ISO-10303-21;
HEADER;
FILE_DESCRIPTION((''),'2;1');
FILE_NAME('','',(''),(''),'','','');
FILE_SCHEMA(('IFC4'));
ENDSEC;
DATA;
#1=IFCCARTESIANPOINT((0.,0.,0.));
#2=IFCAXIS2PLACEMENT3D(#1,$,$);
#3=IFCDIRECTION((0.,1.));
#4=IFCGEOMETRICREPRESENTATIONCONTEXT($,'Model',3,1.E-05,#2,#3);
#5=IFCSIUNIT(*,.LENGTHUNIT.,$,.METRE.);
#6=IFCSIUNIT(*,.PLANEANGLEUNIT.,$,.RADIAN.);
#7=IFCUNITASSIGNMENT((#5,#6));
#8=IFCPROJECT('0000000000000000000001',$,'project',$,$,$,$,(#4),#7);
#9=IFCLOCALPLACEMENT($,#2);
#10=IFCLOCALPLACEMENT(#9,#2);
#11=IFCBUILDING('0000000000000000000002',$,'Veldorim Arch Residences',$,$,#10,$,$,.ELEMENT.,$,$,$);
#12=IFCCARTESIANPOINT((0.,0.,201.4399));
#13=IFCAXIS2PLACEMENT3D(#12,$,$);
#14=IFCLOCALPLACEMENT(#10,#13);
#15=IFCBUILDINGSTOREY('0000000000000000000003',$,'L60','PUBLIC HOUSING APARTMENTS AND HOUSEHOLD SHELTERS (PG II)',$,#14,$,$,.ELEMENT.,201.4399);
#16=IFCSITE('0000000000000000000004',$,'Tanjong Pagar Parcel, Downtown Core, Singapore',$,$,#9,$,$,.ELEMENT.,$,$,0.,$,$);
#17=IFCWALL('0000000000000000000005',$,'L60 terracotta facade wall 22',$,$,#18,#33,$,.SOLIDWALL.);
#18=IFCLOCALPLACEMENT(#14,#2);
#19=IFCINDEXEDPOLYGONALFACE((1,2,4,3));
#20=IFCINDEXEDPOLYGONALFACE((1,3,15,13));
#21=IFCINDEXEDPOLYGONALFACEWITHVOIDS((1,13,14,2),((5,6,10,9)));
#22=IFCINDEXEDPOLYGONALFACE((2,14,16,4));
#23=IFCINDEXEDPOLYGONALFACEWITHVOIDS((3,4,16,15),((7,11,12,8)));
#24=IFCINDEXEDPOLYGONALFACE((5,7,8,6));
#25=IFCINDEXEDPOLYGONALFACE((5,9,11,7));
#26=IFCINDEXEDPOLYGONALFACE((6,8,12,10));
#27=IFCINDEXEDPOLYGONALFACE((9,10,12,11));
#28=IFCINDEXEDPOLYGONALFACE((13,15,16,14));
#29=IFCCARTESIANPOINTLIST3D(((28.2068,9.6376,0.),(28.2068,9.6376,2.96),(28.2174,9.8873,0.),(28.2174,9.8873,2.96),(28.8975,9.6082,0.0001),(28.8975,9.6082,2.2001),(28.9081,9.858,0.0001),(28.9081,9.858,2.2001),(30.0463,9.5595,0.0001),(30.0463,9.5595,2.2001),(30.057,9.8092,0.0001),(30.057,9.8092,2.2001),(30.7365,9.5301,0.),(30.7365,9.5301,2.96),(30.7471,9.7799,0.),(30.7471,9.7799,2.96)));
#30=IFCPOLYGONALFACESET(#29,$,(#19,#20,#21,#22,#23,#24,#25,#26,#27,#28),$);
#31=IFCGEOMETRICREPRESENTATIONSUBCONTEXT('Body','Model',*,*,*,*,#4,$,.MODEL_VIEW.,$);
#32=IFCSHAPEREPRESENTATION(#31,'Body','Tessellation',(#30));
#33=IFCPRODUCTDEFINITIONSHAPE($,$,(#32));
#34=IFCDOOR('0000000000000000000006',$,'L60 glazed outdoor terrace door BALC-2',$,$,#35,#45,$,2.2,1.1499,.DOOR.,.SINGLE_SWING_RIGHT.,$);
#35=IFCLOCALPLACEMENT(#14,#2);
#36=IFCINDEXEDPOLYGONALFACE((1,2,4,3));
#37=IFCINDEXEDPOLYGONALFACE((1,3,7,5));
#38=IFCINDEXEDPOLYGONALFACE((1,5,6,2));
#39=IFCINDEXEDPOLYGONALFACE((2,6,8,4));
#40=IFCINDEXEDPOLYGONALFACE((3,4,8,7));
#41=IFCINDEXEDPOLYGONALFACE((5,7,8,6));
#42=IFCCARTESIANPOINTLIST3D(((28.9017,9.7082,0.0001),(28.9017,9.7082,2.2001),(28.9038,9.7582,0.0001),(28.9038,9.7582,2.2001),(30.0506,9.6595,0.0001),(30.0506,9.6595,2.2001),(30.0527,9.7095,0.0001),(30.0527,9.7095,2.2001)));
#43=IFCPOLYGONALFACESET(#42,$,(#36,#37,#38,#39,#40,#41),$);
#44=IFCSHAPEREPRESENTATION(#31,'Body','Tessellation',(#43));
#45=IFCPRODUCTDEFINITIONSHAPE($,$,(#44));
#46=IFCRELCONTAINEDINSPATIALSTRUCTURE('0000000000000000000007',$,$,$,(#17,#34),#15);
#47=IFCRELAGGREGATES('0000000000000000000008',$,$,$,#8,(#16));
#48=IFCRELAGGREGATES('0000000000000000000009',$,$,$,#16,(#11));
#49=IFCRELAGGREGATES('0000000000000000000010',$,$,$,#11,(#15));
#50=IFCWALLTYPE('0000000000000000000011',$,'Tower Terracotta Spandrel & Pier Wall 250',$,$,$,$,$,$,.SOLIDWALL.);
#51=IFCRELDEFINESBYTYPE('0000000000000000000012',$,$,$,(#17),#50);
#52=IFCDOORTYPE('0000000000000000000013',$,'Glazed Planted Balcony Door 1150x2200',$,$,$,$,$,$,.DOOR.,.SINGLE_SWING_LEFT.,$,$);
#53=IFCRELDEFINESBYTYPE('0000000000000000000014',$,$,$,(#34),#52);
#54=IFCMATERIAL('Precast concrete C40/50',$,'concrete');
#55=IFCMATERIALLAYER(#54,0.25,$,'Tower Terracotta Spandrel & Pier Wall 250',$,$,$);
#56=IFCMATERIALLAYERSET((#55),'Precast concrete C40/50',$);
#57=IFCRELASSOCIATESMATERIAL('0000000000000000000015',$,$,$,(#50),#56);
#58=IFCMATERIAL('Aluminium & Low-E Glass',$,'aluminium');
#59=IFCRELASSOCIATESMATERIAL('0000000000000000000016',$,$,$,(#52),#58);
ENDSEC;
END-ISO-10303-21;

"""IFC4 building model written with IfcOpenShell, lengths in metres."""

from ifc_helpers import new_model, si_unit, direction, frame, frame_2d, origin, place, context, subcontext, project, spatial, rectangle, extrude, material, layer, layer_set, type_object, element, fill, save


model = new_model("IFC4")

# Units and contexts
model_context = context("Model", 3, precision=1e-05, world=origin(), true_north=direction((0.0, 1.0)))
body_context = subcontext(model_context, "Body", "Model", "MODEL_VIEW")
ifc_project = project(units=[si_unit("LENGTHUNIT", "METRE"), si_unit("PLANEANGLEUNIT", "RADIAN")], contexts=[model_context])

# Site, building, storey
site_placement = place(None, origin())
site = spatial("IfcSite", under=ifc_project, at=site_placement, Name="Tanjong Pagar Parcel, Downtown Core, Singapore", CompositionType="ELEMENT", RefElevation=0.0)
building_placement = place(site_placement, origin())
building = spatial("IfcBuilding", under=site, at=building_placement, Name="Veldorim Arch Residences", CompositionType="ELEMENT")
storey_placement = place(building_placement, frame((0.0, 0.0, 201.4399)))
storey = spatial("IfcBuildingStorey", under=building, at=storey_placement, Name="L60", Description="PUBLIC HOUSING APARTMENTS AND HOUSEHOLD SHELTERS (PG II)", CompositionType="ELEMENT", Elevation=201.4399)

# Shared definitions
ifc_material_1 = material(Name="Precast concrete C40/50", Category="concrete")
ifc_layer_1 = layer(ifc_material_1, 0.25, Name="Tower Terracotta Spandrel & Pier Wall 250")
ifc_layer_set_1 = layer_set([ifc_layer_1], Name="Precast concrete C40/50")
wall_type_1 = type_object("IfcWallType", Name="Tower Terracotta Spandrel & Pier Wall 250", PredefinedType="SOLIDWALL", material=ifc_layer_set_1)

# Wall, opening, door
wall_1_placement = place(storey_placement, frame((30.7419, 9.655, 0.0), z_axis=(0.0, 0.0, 1.0), x_axis=(-0.9991, 0.042425, 0.0)))
wall_1 = element("IfcWall", 1, at=wall_1_placement, inside=storey, type_object=wall_type_1, Name="L60 terracotta facade wall 22", PredefinedType="SOLIDWALL", context=body_context, shape_type="SweptSolid", body=[
    extrude(rectangle(XDim=2.532, YDim=0.25, at=frame_2d((1.2661, 0.0))), origin(), (0.0, 0.0, 1.0), 2.96),
])
opening_1_placement = place(wall_1_placement, frame((0.6909, 0.0, 0.0)))
opening_1 = element("IfcOpeningElement", 2, at=opening_1_placement, cuts=wall_1, PredefinedType="OPENING", context=body_context, shape_type="SweptSolid", body=[
    extrude(rectangle(XDim=1.1499, YDim=2.2, at=frame_2d((0.575, 1.1001))), frame((0.0, 0.135, 0.0), z_axis=(0.0, -1.0, 0.0), x_axis=(1.0, 0.0, 0.0)), (0.0, 0.0, 1.0), 0.27),
])
ifc_material_2 = material(Name="Aluminium & Low-E Glass", Category="aluminium")
door_type_1 = type_object("IfcDoorType", Name="Glazed Planted Balcony Door 1150x2200", OperationType="SINGLE_SWING_LEFT", PredefinedType="DOOR", material=ifc_material_2)
door_1_placement = place(opening_1_placement, origin())
door_1 = element("IfcDoor", 3, at=door_1_placement, inside=storey, type_object=door_type_1, Name="L60 glazed outdoor terrace door BALC-2", OperationType="SINGLE_SWING_RIGHT", OverallHeight=2.2, OverallWidth=1.1499, PredefinedType="DOOR", context=body_context, shape_type="SweptSolid", body=[
    extrude(rectangle(XDim=1.1499, YDim=2.2, at=frame_2d((0.575, 1.1001))), frame((0.0, 0.0249, 0.0), z_axis=(0.0, -1.0, 0.0), x_axis=(1.0, 0.0, 0.0)), (0.0, 0.0, 1.0), 0.05),
])
fill(opening_1, door_1)

save(model, "model.ifc")
